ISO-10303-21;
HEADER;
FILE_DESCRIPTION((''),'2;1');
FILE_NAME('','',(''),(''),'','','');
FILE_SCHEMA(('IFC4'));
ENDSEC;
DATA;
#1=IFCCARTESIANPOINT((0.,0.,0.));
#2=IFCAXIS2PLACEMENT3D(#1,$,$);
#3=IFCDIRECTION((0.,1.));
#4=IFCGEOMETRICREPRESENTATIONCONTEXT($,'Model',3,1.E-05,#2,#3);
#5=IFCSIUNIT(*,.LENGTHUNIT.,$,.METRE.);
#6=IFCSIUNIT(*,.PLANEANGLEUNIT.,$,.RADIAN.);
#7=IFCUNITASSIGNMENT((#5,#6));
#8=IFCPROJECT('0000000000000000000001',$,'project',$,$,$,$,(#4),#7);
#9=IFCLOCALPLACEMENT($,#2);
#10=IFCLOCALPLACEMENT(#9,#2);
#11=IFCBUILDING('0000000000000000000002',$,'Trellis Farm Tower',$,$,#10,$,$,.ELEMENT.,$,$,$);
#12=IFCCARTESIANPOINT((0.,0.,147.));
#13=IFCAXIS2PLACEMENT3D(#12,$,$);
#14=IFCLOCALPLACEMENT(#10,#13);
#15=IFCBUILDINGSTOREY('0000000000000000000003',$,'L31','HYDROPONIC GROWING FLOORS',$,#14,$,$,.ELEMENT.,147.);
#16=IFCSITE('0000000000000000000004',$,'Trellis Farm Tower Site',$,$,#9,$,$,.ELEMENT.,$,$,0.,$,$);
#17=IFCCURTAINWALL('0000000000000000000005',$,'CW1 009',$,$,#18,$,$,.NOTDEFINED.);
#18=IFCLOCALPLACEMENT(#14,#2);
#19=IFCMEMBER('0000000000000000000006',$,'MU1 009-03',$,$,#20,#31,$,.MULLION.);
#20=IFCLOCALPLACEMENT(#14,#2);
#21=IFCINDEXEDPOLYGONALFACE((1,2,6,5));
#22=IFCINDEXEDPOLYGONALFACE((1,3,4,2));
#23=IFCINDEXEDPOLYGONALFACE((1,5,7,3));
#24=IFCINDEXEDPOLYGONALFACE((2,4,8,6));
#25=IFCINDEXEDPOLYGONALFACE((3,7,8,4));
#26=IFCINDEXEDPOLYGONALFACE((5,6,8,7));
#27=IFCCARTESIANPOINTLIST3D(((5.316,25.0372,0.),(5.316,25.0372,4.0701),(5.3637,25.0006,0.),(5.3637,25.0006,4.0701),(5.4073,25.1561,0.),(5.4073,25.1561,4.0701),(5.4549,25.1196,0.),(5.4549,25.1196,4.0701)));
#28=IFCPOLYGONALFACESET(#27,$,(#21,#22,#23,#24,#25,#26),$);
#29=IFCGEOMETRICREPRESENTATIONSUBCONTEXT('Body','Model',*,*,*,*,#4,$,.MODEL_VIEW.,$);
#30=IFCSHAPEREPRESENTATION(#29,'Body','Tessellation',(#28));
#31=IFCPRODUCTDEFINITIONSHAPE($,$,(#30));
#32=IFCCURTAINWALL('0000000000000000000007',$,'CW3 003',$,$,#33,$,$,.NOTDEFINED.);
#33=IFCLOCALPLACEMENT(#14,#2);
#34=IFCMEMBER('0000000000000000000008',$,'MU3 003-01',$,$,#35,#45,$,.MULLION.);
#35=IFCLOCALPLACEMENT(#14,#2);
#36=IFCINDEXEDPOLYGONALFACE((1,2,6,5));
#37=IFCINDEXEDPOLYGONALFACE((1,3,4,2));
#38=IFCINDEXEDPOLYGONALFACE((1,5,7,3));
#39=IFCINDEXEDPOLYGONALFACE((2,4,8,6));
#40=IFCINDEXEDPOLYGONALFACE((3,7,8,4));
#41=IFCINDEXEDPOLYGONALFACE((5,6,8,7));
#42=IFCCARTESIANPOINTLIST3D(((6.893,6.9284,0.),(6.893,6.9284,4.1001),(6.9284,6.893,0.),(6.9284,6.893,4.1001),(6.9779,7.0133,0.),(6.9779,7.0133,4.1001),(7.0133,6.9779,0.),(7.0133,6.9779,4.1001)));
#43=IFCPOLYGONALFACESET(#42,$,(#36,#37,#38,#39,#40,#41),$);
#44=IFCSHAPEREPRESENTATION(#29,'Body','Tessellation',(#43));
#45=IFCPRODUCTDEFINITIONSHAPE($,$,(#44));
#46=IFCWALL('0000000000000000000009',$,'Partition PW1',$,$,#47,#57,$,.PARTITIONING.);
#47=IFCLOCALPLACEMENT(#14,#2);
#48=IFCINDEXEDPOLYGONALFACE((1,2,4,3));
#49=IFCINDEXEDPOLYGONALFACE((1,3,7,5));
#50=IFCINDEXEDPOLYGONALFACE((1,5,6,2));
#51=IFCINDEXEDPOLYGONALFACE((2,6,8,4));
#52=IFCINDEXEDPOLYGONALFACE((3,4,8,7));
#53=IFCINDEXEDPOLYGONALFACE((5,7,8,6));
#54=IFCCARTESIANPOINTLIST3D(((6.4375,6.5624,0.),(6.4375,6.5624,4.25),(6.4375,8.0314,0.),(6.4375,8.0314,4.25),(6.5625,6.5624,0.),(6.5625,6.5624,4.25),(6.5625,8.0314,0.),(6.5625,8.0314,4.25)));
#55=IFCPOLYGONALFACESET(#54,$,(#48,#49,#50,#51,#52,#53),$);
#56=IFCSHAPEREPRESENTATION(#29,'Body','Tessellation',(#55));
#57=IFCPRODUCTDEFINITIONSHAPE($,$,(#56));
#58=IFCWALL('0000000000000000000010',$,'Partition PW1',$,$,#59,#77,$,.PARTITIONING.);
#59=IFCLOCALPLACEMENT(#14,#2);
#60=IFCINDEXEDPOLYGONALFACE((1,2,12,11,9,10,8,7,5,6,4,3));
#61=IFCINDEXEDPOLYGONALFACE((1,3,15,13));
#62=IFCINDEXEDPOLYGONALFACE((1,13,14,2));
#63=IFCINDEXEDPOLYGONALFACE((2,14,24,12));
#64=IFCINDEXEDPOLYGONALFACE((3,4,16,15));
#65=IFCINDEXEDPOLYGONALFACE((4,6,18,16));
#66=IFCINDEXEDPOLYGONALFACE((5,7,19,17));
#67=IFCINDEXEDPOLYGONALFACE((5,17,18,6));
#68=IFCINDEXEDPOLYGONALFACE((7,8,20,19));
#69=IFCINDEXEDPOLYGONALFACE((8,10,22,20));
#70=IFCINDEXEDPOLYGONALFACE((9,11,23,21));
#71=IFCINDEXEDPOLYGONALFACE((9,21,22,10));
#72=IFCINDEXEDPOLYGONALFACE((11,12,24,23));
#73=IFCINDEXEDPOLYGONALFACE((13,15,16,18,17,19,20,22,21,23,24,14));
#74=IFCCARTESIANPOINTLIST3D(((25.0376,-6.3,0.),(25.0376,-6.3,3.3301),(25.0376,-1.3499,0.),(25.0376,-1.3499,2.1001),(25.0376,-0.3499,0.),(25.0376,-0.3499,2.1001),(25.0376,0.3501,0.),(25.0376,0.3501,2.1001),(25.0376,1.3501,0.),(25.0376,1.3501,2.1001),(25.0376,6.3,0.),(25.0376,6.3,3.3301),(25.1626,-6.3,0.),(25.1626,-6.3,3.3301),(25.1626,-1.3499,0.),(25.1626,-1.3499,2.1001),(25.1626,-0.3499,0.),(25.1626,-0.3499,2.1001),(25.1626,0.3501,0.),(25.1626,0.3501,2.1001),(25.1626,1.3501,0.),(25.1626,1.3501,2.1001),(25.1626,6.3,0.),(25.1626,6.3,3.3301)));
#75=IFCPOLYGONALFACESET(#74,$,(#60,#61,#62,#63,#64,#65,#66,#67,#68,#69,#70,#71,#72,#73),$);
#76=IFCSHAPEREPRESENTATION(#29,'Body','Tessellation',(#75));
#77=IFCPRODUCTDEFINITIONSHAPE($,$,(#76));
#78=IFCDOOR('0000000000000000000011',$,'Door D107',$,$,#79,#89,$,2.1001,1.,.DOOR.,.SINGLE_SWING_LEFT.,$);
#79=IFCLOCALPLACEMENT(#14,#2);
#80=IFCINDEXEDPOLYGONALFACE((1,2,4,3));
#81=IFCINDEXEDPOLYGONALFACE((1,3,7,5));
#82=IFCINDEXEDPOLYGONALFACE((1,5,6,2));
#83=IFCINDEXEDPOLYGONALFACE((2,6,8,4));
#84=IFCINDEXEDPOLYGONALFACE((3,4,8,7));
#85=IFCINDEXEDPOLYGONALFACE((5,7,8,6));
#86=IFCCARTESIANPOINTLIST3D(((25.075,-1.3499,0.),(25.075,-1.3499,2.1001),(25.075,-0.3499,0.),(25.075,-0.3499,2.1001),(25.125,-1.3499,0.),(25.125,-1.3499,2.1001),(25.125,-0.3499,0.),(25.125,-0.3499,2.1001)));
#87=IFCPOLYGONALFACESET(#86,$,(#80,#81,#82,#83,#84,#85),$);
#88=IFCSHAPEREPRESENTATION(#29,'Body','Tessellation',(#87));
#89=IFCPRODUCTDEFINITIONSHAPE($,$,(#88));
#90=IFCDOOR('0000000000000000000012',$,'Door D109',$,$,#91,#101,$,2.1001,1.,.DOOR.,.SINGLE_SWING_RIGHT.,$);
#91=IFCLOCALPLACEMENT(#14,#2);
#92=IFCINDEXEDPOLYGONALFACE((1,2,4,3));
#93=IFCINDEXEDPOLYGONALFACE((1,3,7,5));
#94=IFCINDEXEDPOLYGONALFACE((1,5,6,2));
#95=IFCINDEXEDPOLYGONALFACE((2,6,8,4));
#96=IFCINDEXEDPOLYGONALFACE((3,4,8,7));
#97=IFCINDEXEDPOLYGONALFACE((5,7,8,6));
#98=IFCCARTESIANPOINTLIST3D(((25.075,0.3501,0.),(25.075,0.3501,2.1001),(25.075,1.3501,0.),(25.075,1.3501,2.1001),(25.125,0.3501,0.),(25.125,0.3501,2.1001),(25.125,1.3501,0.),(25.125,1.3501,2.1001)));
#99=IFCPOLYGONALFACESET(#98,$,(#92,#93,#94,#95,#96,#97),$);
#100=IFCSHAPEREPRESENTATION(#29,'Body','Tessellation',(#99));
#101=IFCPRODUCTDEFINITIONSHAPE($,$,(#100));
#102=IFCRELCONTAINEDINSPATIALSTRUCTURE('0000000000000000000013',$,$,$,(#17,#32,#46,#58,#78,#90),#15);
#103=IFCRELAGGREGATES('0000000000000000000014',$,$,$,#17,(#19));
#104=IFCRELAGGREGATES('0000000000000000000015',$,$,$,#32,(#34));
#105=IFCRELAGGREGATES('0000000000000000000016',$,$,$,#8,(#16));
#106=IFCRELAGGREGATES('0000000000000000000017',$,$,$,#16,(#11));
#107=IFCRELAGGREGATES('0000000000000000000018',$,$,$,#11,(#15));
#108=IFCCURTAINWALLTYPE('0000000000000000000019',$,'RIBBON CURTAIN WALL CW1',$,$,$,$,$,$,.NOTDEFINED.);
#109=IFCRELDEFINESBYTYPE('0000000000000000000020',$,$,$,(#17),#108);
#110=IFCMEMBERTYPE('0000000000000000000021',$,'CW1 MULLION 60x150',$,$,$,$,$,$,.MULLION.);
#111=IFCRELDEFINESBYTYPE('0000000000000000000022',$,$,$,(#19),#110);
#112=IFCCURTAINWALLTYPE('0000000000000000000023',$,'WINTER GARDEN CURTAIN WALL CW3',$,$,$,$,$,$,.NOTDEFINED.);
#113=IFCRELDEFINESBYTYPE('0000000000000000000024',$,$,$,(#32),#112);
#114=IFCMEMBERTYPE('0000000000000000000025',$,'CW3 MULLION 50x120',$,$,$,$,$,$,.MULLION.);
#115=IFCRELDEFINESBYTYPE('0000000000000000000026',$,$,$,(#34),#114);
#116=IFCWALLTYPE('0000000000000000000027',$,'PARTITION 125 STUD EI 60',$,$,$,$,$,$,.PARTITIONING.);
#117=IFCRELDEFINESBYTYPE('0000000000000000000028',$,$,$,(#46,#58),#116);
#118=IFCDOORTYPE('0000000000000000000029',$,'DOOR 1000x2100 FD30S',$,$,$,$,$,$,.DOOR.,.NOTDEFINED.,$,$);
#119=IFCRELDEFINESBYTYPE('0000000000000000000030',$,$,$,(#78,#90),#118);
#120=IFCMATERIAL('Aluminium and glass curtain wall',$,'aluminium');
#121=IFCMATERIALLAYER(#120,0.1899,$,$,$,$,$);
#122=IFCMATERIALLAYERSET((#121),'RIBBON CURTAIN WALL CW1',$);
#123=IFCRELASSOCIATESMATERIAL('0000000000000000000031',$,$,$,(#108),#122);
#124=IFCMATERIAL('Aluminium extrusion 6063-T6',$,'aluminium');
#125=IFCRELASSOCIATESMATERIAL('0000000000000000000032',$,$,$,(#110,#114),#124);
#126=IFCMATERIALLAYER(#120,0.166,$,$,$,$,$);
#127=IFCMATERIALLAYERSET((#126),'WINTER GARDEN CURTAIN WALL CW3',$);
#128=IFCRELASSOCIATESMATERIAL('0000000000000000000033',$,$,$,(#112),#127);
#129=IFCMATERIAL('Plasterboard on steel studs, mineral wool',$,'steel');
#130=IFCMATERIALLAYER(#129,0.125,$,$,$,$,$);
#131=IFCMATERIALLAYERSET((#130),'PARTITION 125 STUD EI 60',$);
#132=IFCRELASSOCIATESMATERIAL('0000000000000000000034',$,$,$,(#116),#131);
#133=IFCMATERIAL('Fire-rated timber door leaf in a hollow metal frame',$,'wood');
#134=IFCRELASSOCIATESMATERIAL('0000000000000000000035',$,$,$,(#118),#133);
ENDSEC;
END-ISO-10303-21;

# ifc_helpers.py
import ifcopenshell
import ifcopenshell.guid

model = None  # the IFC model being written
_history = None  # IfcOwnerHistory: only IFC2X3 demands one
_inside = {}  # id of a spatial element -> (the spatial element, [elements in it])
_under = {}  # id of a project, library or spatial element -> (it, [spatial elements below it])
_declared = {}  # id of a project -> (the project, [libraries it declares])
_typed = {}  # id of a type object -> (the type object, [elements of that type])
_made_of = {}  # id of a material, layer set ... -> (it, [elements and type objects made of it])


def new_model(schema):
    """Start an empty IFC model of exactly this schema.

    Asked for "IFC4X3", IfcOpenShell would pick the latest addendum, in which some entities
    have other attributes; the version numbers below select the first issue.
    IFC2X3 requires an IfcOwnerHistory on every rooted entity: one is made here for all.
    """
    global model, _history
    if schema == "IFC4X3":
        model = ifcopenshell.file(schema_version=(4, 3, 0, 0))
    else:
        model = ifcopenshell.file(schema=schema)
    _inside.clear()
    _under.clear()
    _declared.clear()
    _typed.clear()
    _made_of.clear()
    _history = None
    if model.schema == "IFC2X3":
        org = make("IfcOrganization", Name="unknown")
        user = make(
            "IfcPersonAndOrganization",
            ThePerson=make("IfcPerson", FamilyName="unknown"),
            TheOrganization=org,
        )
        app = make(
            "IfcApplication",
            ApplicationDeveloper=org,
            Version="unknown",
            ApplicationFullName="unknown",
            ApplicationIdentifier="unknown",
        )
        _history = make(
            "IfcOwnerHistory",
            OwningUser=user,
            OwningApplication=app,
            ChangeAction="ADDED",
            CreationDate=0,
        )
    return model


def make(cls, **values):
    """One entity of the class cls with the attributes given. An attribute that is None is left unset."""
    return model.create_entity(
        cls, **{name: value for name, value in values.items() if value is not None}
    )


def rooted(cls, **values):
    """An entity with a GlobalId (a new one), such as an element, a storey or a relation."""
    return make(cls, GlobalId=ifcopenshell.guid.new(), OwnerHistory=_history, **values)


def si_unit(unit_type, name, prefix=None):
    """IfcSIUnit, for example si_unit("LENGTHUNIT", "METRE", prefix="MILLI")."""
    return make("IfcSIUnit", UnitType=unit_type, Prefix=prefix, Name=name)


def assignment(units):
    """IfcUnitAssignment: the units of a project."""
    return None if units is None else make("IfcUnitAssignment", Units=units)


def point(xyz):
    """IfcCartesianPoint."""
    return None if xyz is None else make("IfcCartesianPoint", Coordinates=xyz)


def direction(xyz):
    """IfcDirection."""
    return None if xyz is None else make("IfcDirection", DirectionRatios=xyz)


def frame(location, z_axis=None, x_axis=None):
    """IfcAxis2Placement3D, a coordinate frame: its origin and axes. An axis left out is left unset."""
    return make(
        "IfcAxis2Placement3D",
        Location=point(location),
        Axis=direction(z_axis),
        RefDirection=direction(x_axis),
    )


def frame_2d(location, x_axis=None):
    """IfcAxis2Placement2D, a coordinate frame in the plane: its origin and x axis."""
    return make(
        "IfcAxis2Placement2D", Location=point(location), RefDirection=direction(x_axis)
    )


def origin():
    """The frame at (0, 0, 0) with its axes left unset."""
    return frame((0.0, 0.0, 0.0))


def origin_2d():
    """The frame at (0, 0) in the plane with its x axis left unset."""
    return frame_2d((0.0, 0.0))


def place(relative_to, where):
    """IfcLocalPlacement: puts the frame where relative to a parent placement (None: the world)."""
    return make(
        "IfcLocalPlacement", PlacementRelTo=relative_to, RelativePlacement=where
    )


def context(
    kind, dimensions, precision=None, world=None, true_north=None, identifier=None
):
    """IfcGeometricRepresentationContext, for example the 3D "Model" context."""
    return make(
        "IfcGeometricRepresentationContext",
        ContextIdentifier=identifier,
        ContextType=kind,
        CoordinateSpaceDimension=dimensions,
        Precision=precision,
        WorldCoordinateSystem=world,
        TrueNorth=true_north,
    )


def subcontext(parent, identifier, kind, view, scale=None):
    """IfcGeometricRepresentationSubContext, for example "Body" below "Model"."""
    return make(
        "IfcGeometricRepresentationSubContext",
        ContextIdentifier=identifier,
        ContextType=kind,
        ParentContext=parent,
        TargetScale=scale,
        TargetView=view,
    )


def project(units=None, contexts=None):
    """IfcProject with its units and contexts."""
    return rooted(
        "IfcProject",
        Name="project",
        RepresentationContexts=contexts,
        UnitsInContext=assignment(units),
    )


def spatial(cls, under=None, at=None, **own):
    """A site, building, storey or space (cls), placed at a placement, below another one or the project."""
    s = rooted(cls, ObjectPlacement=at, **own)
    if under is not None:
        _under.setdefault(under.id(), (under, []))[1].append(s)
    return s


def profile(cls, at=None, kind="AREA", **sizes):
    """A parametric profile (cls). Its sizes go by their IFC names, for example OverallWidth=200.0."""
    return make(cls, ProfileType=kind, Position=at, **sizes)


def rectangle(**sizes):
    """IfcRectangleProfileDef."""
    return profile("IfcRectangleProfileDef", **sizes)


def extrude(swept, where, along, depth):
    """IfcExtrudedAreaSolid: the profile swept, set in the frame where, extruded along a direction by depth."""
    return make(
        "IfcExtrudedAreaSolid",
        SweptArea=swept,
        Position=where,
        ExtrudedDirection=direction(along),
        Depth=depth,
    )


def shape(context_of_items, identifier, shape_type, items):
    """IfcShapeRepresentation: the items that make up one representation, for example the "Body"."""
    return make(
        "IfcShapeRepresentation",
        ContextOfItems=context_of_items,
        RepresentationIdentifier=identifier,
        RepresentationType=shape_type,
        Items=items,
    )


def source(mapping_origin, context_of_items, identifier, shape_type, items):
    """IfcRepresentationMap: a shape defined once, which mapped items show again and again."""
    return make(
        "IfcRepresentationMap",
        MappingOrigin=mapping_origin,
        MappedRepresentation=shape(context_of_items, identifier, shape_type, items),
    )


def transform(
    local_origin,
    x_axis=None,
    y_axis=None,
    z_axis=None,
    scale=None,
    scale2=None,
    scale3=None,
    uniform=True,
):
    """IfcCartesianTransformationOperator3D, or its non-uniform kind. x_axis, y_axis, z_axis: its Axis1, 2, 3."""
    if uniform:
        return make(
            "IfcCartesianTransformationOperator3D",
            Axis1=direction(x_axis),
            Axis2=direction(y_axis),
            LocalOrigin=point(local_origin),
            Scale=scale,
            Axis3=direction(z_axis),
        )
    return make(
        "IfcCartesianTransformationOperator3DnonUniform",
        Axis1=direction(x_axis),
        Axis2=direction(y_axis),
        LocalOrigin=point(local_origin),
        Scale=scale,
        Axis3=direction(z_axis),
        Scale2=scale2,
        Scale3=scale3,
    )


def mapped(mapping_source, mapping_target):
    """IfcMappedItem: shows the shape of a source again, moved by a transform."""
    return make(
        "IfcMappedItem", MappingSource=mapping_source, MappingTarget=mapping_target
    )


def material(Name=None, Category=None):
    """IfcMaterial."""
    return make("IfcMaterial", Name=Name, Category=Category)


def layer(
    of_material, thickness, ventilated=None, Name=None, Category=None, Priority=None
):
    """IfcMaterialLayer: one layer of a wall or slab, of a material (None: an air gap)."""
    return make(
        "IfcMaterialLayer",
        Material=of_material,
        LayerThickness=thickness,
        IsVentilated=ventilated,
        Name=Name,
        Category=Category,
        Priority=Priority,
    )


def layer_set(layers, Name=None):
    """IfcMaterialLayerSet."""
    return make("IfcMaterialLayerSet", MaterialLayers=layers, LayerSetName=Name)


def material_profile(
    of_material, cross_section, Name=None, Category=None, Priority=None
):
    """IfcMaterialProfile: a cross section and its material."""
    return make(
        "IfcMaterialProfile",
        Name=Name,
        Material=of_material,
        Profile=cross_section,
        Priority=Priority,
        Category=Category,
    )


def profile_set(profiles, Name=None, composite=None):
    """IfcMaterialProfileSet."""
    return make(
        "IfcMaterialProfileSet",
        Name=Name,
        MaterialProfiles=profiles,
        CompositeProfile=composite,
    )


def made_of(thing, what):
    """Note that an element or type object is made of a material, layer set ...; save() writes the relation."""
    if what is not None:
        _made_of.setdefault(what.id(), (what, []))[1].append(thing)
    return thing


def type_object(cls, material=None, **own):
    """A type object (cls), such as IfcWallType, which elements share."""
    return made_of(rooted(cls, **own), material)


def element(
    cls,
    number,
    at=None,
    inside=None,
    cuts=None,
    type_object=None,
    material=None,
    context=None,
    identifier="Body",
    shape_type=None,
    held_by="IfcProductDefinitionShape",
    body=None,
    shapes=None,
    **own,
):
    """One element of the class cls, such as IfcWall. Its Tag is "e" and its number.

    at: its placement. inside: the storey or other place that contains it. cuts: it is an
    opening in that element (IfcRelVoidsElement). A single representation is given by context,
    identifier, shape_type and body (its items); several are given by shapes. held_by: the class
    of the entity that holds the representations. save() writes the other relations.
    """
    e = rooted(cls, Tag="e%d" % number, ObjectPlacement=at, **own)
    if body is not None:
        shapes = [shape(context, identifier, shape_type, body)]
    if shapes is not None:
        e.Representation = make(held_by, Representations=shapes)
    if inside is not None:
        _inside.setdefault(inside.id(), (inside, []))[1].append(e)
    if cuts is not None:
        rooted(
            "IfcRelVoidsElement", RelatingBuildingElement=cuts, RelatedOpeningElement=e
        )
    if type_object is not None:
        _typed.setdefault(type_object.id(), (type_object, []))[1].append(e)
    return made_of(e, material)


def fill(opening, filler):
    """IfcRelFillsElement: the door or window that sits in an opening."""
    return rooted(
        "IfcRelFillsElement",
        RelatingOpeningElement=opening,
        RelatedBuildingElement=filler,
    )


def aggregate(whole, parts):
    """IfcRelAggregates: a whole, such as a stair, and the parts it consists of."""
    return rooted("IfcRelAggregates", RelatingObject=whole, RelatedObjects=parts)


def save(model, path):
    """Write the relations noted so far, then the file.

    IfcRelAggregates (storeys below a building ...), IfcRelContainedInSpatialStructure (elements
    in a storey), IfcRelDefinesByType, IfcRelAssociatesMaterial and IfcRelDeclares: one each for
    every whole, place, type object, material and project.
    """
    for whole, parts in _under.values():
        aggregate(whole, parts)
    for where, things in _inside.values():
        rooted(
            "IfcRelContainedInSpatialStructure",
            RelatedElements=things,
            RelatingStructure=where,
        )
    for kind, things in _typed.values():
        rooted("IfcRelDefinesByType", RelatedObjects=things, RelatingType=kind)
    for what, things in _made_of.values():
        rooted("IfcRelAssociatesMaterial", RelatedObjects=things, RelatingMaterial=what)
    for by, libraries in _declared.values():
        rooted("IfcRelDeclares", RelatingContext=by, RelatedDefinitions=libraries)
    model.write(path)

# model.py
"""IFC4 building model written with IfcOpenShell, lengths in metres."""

from ifc_helpers import new_model, si_unit, direction, frame, frame_2d, origin, origin_2d, place, context, subcontext, project, spatial, rectangle, extrude, source, transform, mapped, material, layer, layer_set, material_profile, profile_set, type_object, element, fill, aggregate, save


model = new_model("IFC4")

# Units and contexts
model_context = context("Model", 3, precision=1e-05, world=origin(), true_north=direction((0.0, 1.0)))
body_context = subcontext(model_context, "Body", "Model", "MODEL_VIEW")
ifc_project = project(units=[si_unit("LENGTHUNIT", "METRE"), si_unit("PLANEANGLEUNIT", "RADIAN")], contexts=[model_context])

# Site, building, storey
site_placement = place(None, origin())
site = spatial("IfcSite", under=ifc_project, at=site_placement, Name="Trellis Farm Tower Site", CompositionType="ELEMENT", RefElevation=0.0)
building_placement = place(site_placement, origin())
building = spatial("IfcBuilding", under=site, at=building_placement, Name="Trellis Farm Tower", CompositionType="ELEMENT")
storey_placement = place(building_placement, frame((0.0, 0.0, 147.0)))
storey = spatial("IfcBuildingStorey", under=building, at=storey_placement, Name="L31", Description="HYDROPONIC GROWING FLOORS", CompositionType="ELEMENT", Elevation=147.0)

# Shared definitions
ifc_material_1 = material(Name="Aluminium and glass curtain wall", Category="aluminium")
ifc_layer_1 = layer(ifc_material_1, 0.1899)
ifc_layer_set_1 = layer_set([ifc_layer_1], Name="RIBBON CURTAIN WALL CW1")
curtain_wall_type_1 = type_object("IfcCurtainWallType", Name="RIBBON CURTAIN WALL CW1", PredefinedType="NOTDEFINED", material=ifc_layer_set_1)
placement = place(storey_placement, origin())
ifc_material_2 = material(Name="Aluminium extrusion 6063-T6", Category="aluminium")
ifc_material_profile_1 = material_profile(ifc_material_2, rectangle(XDim=0.0601, YDim=0.1499, at=origin_2d()), Name="MULLION 60x150")
ifc_profile_set_1 = profile_set([ifc_material_profile_1], Name="Aluminium extrusion 6063-T6")
member_type_1 = type_object("IfcMemberType", Name="CW1 MULLION 60x150", PredefinedType="MULLION", material=ifc_profile_set_1)
shared_shape_1 = source(origin(), body_context, "Body", "SweptSolid", [
    extrude(rectangle(XDim=0.0601, YDim=0.1499, at=origin_2d()), origin(), (0.0, 0.0, 1.0), 4.0701),
])

# Curtain wall, member
curtain_wall_1 = element("IfcCurtainWall", 1, at=placement, inside=storey, type_object=curtain_wall_type_1, Name="CW1 009", PredefinedType="NOTDEFINED")
member_1_placement = place(storey_placement, frame((5.3855, 25.0784, 0.0), z_axis=(0.0, 0.0, 1.0), x_axis=(-0.793353, 0.608761, 0.0)))
member_1 = element("IfcMember", 2, at=member_1_placement, type_object=member_type_1, Name="MU1 009-03", PredefinedType="MULLION", context=body_context, shape_type="MappedRepresentation", body=[
    mapped(shared_shape_1, transform((0.0, 0.0, 0.0))),
])
aggregate(curtain_wall_1, [member_1])

# Curtain wall, member
ifc_layer_2 = layer(ifc_material_1, 0.166)
ifc_layer_set_2 = layer_set([ifc_layer_2], Name="WINTER GARDEN CURTAIN WALL CW3")
curtain_wall_type_2 = type_object("IfcCurtainWallType", Name="WINTER GARDEN CURTAIN WALL CW3", PredefinedType="NOTDEFINED", material=ifc_layer_set_2)
curtain_wall_2 = element("IfcCurtainWall", 3, at=placement, inside=storey, type_object=curtain_wall_type_2, Name="CW3 003", PredefinedType="NOTDEFINED")
ifc_material_profile_2 = material_profile(ifc_material_2, rectangle(XDim=0.05, YDim=0.1201, at=origin_2d()), Name="MULLION 50x120")
ifc_profile_set_2 = profile_set([ifc_material_profile_2], Name="Aluminium extrusion 6063-T6")
member_type_2 = type_object("IfcMemberType", Name="CW3 MULLION 50x120", PredefinedType="MULLION", material=ifc_profile_set_2)
shared_shape_2 = source(origin(), body_context, "Body", "SweptSolid", [
    extrude(rectangle(XDim=0.05, YDim=0.1201, at=origin_2d()), origin(), (0.0, 0.0, 1.0), 4.1001),
])
member_2_placement = place(storey_placement, frame((6.9531, 6.9531, 0.0), z_axis=(0.0, 0.0, 1.0), x_axis=(-0.707107, 0.707107, 0.0)))
member_2 = element("IfcMember", 4, at=member_2_placement, type_object=member_type_2, Name="MU3 003-01", PredefinedType="MULLION", context=body_context, shape_type="MappedRepresentation", body=[
    mapped(shared_shape_2, transform((0.0, 0.0, 0.0))),
])
aggregate(curtain_wall_2, [member_2])

# Wall
ifc_material_3 = material(Name="Plasterboard on steel studs, mineral wool", Category="steel")
ifc_layer_3 = layer(ifc_material_3, 0.125)
ifc_layer_set_3 = layer_set([ifc_layer_3], Name="PARTITION 125 STUD EI 60")
wall_type = type_object("IfcWallType", Name="PARTITION 125 STUD EI 60", PredefinedType="PARTITIONING", material=ifc_layer_set_3)
shared_shape_3 = source(origin(), body_context, "Body", "SweptSolid", [
    extrude(rectangle(XDim=1.469, YDim=0.125, at=frame_2d((0.7344, 0.0))), origin(), (0.0, 0.0, 1.0), 4.25),
])
wall_1_placement = place(storey_placement, frame((6.5, 6.5625, 0.0), z_axis=(0.0, 0.0, 1.0), x_axis=(0.0, 1.0, 0.0)))
element("IfcWall", 5, at=wall_1_placement, inside=storey, type_object=wall_type, Name="Partition PW1", PredefinedType="PARTITIONING", context=body_context, shape_type="MappedRepresentation", body=[
    mapped(shared_shape_3, transform((0.0, 0.0, 0.0))),
])

# Wall, openings, doors
shared_shape_4 = source(origin(), body_context, "Body", "SweptSolid", [
    extrude(rectangle(XDim=12.6001, YDim=0.125, at=frame_2d((6.3, 0.0))), origin(), (0.0, 0.0, 1.0), 3.3301),
])
wall_2_placement = place(storey_placement, frame((25.1001, 6.3, 0.0), z_axis=(0.0, 0.0, 1.0), x_axis=(0.0, -1.0, 0.0)))
wall_2 = element("IfcWall", 6, at=wall_2_placement, inside=storey, type_object=wall_type, Name="Partition PW1", PredefinedType="PARTITIONING", context=body_context, shape_type="MappedRepresentation", body=[
    mapped(shared_shape_4, transform((0.0, 0.0, 0.0))),
])
shared_shape_5 = source(origin(), body_context, "Body", "SweptSolid", [
    extrude(rectangle(XDim=1.0, YDim=2.1001, at=frame_2d((0.5, 1.05))), frame((0.0, 0.0725, 0.0), z_axis=(0.0, -1.0, 0.0), x_axis=(1.0, 0.0, 0.0)), (0.0, 0.0, 1.0), 0.145),
])
opening_1_placement = place(wall_2_placement, frame((6.6499, 0.0, 0.0)))
opening_1 = element("IfcOpeningElement", 7, at=opening_1_placement, cuts=wall_2, PredefinedType="OPENING", context=body_context, shape_type="MappedRepresentation", body=[
    mapped(shared_shape_5, transform((0.0, 0.0, 0.0))),
])
opening_2_placement = place(wall_2_placement, frame((4.95, 0.0, 0.0)))
opening_2 = element("IfcOpeningElement", 8, at=opening_2_placement, cuts=wall_2, PredefinedType="OPENING", context=body_context, shape_type="MappedRepresentation", body=[
    mapped(shared_shape_5, transform((0.0, 0.0, 0.0))),
])
ifc_material_4 = material(Name="Fire-rated timber door leaf in a hollow metal frame", Category="wood")
door_type = type_object("IfcDoorType", Name="DOOR 1000x2100 FD30S", OperationType="NOTDEFINED", PredefinedType="DOOR", material=ifc_material_4)
shared_shape_6 = source(origin(), body_context, "Body", "SweptSolid", [
    extrude(rectangle(XDim=1.0, YDim=2.1001, at=frame_2d((0.5, 1.05))), frame((0.0, 0.0249, 0.0), z_axis=(0.0, -1.0, 0.0), x_axis=(1.0, 0.0, 0.0)), (0.0, 0.0, 1.0), 0.05),
])
door_1_placement = place(opening_1_placement, origin())
door_1 = element("IfcDoor", 9, at=door_1_placement, inside=storey, type_object=door_type, Name="Door D107", OperationType="SINGLE_SWING_LEFT", OverallHeight=2.1001, OverallWidth=1.0, PredefinedType="DOOR", context=body_context, shape_type="MappedRepresentation", body=[
    mapped(shared_shape_6, transform((0.0, 0.0, 0.0))),
])
fill(opening_1, door_1)
door_2_placement = place(opening_2_placement, origin())
door_2 = element("IfcDoor", 10, at=door_2_placement, inside=storey, type_object=door_type, Name="Door D109", OperationType="SINGLE_SWING_RIGHT", OverallHeight=2.1001, OverallWidth=1.0, PredefinedType="DOOR", context=body_context, shape_type="MappedRepresentation", body=[
    mapped(shared_shape_6, transform((0.0, 0.0, 0.0))),
])
fill(opening_2, door_2)

save(model, "model.ifc")
